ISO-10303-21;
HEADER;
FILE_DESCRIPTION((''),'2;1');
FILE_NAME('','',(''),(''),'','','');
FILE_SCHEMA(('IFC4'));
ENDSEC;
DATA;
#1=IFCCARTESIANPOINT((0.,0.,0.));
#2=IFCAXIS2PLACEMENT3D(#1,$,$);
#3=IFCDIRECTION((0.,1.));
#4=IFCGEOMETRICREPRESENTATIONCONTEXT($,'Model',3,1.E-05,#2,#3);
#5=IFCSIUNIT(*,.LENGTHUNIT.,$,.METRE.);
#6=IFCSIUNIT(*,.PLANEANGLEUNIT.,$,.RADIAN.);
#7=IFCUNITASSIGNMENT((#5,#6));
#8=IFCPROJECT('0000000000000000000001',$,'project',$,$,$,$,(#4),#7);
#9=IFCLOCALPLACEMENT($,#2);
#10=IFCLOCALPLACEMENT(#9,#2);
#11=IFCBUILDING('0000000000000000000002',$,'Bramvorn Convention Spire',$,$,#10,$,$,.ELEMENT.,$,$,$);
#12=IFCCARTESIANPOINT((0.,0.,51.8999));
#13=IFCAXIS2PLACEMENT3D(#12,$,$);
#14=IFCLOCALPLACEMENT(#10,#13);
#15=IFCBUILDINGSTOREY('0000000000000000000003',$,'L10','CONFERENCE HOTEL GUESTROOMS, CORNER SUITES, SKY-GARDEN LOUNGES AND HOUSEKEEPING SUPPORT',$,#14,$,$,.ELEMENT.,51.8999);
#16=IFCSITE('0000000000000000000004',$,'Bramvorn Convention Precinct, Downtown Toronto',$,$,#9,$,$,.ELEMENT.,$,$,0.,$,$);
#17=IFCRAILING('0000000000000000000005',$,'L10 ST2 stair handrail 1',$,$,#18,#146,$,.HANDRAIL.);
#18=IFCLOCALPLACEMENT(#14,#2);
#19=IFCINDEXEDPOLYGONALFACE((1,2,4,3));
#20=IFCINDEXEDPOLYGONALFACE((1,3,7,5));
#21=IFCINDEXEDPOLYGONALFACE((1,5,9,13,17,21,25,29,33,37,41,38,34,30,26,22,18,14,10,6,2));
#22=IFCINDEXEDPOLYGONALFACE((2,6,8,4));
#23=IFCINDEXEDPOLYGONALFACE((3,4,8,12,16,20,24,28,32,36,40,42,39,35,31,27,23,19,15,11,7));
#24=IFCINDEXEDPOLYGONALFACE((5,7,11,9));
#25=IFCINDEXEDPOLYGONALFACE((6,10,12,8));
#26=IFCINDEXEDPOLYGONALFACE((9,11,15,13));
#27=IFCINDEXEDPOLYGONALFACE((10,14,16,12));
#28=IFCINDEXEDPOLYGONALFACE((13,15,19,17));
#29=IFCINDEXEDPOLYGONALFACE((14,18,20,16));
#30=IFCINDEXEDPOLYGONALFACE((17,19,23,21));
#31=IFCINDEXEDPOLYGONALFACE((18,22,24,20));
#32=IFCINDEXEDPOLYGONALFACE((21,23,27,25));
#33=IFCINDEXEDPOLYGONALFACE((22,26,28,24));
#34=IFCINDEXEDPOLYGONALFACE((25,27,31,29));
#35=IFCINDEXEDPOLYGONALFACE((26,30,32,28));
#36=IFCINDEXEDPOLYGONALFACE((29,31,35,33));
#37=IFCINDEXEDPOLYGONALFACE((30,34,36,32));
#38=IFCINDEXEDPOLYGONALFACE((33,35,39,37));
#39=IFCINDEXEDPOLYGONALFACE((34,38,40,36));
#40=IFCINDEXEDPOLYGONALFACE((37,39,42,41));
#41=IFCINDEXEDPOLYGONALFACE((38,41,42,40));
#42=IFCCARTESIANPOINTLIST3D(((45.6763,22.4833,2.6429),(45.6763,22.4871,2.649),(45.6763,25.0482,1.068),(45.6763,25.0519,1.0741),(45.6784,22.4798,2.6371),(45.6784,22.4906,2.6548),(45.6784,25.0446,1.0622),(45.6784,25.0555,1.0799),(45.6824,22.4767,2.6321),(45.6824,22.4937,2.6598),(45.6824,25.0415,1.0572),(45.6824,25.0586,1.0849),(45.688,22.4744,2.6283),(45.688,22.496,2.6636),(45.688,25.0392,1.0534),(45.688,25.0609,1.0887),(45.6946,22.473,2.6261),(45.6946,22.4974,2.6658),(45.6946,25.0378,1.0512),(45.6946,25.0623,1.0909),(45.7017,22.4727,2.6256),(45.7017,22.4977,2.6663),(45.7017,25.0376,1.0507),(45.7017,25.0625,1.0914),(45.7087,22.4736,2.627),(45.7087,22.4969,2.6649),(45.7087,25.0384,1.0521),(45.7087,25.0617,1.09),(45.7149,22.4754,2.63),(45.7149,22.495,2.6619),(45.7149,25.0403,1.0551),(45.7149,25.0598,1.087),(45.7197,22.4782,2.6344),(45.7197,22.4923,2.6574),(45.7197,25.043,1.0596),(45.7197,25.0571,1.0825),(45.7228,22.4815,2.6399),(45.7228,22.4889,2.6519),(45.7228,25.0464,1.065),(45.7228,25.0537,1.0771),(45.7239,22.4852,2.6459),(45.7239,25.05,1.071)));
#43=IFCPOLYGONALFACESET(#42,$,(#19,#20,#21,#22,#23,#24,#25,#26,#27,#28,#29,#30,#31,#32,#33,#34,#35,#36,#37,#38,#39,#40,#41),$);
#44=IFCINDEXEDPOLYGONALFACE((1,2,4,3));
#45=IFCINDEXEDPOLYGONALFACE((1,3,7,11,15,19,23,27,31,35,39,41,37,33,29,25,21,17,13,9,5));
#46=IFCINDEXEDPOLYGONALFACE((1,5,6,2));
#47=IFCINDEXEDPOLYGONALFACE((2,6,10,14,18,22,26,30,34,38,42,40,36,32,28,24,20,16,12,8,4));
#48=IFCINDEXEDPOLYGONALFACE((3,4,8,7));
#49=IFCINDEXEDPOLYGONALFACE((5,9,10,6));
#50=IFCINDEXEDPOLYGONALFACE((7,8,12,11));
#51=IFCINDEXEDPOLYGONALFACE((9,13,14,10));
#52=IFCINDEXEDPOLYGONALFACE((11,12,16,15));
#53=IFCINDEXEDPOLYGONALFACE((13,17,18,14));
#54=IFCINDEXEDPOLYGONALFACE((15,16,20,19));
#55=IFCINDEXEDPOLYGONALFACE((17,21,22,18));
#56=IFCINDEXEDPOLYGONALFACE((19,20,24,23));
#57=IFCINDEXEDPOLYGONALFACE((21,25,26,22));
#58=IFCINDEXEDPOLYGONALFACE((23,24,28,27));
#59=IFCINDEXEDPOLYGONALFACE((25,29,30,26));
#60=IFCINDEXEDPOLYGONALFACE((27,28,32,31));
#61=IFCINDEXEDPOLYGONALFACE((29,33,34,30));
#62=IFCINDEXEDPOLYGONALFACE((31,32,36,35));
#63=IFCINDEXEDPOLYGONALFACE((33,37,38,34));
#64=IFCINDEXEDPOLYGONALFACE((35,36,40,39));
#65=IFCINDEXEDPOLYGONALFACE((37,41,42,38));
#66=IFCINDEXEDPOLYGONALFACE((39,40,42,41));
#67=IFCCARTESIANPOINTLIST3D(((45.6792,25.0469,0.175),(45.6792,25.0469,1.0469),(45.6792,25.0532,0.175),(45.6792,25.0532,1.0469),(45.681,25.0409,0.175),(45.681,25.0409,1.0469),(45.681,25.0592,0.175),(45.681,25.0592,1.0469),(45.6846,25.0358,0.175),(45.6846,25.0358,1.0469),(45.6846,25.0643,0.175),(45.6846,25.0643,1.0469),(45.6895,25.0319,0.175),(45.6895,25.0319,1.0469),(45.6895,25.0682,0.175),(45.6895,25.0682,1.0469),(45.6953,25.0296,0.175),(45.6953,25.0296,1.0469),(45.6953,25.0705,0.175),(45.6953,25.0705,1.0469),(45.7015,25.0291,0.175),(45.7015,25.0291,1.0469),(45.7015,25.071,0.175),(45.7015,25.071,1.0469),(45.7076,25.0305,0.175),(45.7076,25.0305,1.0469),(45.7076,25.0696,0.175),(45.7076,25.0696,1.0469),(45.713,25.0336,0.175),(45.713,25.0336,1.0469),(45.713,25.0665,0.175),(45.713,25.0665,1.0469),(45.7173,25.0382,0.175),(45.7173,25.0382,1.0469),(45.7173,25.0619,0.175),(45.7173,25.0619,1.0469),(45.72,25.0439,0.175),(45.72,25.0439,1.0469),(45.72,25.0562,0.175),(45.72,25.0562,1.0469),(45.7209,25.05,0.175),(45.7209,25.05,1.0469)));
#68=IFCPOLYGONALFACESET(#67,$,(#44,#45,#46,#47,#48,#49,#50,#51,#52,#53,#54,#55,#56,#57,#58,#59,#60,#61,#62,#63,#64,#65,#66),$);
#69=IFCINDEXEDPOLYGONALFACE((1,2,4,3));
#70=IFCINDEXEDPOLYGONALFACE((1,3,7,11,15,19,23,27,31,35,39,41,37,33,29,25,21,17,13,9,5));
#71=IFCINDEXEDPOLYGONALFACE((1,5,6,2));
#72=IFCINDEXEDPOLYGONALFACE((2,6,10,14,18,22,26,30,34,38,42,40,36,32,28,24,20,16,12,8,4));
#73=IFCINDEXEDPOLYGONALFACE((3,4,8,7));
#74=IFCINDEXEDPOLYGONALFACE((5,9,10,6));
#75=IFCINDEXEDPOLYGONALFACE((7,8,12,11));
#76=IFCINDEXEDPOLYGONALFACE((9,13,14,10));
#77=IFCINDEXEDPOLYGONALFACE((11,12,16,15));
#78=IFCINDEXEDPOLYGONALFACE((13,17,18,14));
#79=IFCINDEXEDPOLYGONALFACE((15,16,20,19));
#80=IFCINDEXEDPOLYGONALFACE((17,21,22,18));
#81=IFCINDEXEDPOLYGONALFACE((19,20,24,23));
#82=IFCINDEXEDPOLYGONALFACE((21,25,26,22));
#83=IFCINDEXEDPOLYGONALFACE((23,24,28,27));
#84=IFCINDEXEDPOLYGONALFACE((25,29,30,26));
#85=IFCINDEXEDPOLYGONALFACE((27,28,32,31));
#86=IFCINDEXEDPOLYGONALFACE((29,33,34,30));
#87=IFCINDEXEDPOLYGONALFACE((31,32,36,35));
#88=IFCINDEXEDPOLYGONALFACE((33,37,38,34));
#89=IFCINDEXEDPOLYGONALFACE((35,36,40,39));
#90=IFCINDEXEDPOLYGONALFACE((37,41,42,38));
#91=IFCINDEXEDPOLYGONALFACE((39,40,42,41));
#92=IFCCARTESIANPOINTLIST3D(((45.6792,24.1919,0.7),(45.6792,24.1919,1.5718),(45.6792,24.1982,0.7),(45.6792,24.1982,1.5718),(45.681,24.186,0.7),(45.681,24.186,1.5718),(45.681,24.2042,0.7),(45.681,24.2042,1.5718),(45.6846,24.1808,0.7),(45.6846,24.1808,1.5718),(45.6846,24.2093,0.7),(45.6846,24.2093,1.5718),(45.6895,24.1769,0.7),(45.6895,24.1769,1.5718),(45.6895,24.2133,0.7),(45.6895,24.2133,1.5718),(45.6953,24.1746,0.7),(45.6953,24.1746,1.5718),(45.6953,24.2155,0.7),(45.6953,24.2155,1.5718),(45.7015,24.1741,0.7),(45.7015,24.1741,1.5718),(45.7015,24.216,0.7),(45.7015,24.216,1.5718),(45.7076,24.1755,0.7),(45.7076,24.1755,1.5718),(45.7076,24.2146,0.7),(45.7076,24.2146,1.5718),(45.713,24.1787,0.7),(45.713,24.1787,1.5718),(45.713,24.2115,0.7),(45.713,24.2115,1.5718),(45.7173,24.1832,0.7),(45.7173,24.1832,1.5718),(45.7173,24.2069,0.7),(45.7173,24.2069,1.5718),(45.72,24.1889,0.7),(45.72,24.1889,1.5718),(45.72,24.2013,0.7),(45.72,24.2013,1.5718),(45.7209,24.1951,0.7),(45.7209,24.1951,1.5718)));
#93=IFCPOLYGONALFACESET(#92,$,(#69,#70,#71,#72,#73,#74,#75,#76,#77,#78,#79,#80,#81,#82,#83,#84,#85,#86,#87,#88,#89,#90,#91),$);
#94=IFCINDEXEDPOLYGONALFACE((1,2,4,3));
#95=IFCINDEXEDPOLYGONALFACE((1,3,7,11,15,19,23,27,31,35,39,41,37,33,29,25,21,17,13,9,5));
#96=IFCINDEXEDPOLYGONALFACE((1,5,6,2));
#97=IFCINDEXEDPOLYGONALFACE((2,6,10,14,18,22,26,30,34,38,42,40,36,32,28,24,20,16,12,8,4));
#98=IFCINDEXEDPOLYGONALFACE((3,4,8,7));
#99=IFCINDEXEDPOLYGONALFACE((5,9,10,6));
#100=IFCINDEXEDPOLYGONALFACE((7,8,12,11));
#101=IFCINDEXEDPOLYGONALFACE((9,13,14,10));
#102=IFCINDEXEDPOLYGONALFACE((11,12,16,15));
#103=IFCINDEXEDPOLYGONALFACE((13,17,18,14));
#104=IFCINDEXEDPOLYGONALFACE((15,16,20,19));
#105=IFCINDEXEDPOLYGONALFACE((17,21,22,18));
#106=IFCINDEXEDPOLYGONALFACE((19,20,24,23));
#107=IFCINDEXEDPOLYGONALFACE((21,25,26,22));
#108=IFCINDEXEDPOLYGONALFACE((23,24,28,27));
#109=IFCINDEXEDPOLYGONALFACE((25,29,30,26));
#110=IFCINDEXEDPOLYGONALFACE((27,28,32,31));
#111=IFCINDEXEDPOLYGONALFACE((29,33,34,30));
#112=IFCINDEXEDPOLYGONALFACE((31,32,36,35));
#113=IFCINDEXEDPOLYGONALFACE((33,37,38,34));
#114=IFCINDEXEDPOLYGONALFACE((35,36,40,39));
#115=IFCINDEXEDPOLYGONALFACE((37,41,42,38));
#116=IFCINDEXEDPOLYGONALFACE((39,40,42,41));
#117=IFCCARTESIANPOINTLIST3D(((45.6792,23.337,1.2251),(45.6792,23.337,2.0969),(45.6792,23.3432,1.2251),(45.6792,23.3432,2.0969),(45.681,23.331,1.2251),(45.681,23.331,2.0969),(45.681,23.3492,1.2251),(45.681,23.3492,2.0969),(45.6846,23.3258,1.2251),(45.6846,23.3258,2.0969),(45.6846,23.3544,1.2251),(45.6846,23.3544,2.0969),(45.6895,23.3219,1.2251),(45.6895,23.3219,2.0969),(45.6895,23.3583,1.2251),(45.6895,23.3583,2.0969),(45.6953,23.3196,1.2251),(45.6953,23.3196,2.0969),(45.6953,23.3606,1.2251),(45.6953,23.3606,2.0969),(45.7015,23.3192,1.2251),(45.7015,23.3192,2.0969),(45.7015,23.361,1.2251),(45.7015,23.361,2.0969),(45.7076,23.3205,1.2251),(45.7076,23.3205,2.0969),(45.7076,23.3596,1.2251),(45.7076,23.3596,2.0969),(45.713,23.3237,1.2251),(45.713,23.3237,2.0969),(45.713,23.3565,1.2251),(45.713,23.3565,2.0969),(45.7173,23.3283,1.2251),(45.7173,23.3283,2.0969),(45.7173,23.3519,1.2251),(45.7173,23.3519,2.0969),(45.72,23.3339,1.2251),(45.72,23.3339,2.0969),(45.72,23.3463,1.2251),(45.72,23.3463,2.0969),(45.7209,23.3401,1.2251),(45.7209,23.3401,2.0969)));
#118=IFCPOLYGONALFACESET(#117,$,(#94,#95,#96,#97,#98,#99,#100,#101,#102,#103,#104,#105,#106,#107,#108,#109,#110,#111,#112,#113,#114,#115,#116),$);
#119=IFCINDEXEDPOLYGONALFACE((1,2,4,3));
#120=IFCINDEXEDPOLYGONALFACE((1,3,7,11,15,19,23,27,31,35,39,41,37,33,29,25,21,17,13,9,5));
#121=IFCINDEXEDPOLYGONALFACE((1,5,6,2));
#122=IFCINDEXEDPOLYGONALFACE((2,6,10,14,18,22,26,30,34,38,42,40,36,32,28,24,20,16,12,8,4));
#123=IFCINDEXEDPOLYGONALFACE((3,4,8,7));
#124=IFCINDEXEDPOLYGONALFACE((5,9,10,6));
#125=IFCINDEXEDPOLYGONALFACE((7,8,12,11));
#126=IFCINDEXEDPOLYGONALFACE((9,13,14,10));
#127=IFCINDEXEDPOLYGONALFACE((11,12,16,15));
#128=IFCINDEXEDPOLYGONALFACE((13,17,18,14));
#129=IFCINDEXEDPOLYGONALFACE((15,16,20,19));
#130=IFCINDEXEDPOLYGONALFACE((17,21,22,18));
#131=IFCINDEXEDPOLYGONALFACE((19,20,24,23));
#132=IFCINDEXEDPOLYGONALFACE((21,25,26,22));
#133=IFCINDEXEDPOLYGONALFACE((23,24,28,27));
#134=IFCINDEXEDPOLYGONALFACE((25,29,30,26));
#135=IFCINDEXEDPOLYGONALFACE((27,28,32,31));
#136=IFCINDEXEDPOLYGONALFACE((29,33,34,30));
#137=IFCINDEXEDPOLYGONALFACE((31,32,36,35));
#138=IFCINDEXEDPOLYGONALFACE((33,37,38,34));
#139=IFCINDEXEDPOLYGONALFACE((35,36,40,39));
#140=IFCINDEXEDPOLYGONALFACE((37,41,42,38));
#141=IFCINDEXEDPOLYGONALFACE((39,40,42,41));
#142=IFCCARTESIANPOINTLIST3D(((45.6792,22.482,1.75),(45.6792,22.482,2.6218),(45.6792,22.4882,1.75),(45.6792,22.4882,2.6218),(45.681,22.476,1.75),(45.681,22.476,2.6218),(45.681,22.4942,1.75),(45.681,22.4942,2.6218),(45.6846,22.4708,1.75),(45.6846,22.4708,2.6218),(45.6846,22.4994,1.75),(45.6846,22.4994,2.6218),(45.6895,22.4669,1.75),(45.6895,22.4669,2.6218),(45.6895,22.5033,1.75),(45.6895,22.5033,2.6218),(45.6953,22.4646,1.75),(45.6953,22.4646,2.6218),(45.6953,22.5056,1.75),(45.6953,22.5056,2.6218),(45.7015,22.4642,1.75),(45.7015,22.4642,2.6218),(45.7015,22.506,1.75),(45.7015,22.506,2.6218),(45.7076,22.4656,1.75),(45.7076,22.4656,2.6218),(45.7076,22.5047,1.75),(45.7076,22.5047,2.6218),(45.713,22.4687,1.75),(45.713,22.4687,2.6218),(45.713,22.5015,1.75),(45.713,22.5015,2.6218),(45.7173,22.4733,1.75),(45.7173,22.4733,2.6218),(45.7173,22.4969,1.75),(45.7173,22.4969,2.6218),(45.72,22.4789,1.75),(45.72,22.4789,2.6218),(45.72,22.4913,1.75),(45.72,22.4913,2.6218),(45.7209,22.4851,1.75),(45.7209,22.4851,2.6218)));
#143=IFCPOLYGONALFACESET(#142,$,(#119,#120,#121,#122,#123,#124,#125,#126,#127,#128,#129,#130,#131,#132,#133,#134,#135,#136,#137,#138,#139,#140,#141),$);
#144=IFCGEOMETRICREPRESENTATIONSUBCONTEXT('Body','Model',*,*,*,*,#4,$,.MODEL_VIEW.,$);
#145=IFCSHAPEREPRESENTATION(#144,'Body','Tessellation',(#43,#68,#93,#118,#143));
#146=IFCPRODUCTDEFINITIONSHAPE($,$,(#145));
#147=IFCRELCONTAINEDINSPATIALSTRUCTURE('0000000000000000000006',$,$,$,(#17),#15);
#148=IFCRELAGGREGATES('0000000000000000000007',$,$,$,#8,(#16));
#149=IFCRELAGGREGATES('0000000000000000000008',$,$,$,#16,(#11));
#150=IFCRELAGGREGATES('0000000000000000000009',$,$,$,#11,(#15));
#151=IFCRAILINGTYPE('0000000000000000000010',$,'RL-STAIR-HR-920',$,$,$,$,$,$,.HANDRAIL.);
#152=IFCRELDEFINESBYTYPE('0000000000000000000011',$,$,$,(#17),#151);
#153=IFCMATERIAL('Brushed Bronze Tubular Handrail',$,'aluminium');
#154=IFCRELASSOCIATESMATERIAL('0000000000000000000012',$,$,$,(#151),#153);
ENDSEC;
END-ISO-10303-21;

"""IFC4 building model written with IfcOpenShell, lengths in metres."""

from ifc_helpers import new_model, si_unit, direction, frame, origin, origin_2d, place, context, subcontext, project, spatial, circle, extrude, material, type_object, element, save


model = new_model("IFC4")

# Units and contexts
model_context = context("Model", 3, precision=1e-05, world=origin(), true_north=direction((0.0, 1.0)))
body_context = subcontext(model_context, "Body", "Model", "MODEL_VIEW")
ifc_project = project(units=[si_unit("LENGTHUNIT", "METRE"), si_unit("PLANEANGLEUNIT", "RADIAN")], contexts=[model_context])

# Site, building, storey
site_placement = place(None, origin())
site = spatial("IfcSite", under=ifc_project, at=site_placement, Name="Bramvorn Convention Precinct, Downtown Toronto", CompositionType="ELEMENT", RefElevation=0.0)
building_placement = place(site_placement, origin())
building = spatial("IfcBuilding", under=site, at=building_placement, Name="Bramvorn Convention Spire", CompositionType="ELEMENT")
storey_placement = place(building_placement, frame((0.0, 0.0, 51.8999)))
storey = spatial("IfcBuildingStorey", under=building, at=storey_placement, Name="L10", Description="CONFERENCE HOTEL GUESTROOMS, CORNER SUITES, SKY-GARDEN LOUNGES AND HOUSEKEEPING SUPPORT", CompositionType="ELEMENT", Elevation=51.8999)

# Railing
ifc_material_1 = material(Name="Brushed Bronze Tubular Handrail", Category="aluminium")
railing_type_1 = type_object("IfcRailingType", Name="RL-STAIR-HR-920", PredefinedType="HANDRAIL", material=ifc_material_1)
railing_1_placement = place(storey_placement, frame((45.7, 25.05, 0.175)))
element("IfcRailing", 1, at=railing_1_placement, inside=storey, type_object=railing_type_1, Name="L10 ST2 stair handrail 1", PredefinedType="HANDRAIL", context=body_context, shape_type="SweptSolid", body=[
    extrude(circle(Radius=0.0239, at=origin_2d()), frame((0.0, 0.0, 0.896), z_axis=(0.0, -0.852173, 0.52326), x_axis=(1.0, 0.0, 0.0)), (0.0, 0.0, 1.0), 3.0098),
    extrude(circle(Radius=0.021, at=origin_2d()), origin(), (0.0, 0.0, 1.0), 0.8718),
    extrude(circle(Radius=0.021, at=origin_2d()), frame((0.0, -0.855, 0.5249)), (0.0, 0.0, 1.0), 0.8718),
    extrude(circle(Radius=0.021, at=origin_2d()), frame((0.0, -1.71, 1.05)), (0.0, 0.0, 1.0), 0.8718),
    extrude(circle(Radius=0.021, at=origin_2d()), frame((0.0, -2.5649, 1.575)), (0.0, 0.0, 1.0), 0.8718),
])

save(model, "model.ifc")
